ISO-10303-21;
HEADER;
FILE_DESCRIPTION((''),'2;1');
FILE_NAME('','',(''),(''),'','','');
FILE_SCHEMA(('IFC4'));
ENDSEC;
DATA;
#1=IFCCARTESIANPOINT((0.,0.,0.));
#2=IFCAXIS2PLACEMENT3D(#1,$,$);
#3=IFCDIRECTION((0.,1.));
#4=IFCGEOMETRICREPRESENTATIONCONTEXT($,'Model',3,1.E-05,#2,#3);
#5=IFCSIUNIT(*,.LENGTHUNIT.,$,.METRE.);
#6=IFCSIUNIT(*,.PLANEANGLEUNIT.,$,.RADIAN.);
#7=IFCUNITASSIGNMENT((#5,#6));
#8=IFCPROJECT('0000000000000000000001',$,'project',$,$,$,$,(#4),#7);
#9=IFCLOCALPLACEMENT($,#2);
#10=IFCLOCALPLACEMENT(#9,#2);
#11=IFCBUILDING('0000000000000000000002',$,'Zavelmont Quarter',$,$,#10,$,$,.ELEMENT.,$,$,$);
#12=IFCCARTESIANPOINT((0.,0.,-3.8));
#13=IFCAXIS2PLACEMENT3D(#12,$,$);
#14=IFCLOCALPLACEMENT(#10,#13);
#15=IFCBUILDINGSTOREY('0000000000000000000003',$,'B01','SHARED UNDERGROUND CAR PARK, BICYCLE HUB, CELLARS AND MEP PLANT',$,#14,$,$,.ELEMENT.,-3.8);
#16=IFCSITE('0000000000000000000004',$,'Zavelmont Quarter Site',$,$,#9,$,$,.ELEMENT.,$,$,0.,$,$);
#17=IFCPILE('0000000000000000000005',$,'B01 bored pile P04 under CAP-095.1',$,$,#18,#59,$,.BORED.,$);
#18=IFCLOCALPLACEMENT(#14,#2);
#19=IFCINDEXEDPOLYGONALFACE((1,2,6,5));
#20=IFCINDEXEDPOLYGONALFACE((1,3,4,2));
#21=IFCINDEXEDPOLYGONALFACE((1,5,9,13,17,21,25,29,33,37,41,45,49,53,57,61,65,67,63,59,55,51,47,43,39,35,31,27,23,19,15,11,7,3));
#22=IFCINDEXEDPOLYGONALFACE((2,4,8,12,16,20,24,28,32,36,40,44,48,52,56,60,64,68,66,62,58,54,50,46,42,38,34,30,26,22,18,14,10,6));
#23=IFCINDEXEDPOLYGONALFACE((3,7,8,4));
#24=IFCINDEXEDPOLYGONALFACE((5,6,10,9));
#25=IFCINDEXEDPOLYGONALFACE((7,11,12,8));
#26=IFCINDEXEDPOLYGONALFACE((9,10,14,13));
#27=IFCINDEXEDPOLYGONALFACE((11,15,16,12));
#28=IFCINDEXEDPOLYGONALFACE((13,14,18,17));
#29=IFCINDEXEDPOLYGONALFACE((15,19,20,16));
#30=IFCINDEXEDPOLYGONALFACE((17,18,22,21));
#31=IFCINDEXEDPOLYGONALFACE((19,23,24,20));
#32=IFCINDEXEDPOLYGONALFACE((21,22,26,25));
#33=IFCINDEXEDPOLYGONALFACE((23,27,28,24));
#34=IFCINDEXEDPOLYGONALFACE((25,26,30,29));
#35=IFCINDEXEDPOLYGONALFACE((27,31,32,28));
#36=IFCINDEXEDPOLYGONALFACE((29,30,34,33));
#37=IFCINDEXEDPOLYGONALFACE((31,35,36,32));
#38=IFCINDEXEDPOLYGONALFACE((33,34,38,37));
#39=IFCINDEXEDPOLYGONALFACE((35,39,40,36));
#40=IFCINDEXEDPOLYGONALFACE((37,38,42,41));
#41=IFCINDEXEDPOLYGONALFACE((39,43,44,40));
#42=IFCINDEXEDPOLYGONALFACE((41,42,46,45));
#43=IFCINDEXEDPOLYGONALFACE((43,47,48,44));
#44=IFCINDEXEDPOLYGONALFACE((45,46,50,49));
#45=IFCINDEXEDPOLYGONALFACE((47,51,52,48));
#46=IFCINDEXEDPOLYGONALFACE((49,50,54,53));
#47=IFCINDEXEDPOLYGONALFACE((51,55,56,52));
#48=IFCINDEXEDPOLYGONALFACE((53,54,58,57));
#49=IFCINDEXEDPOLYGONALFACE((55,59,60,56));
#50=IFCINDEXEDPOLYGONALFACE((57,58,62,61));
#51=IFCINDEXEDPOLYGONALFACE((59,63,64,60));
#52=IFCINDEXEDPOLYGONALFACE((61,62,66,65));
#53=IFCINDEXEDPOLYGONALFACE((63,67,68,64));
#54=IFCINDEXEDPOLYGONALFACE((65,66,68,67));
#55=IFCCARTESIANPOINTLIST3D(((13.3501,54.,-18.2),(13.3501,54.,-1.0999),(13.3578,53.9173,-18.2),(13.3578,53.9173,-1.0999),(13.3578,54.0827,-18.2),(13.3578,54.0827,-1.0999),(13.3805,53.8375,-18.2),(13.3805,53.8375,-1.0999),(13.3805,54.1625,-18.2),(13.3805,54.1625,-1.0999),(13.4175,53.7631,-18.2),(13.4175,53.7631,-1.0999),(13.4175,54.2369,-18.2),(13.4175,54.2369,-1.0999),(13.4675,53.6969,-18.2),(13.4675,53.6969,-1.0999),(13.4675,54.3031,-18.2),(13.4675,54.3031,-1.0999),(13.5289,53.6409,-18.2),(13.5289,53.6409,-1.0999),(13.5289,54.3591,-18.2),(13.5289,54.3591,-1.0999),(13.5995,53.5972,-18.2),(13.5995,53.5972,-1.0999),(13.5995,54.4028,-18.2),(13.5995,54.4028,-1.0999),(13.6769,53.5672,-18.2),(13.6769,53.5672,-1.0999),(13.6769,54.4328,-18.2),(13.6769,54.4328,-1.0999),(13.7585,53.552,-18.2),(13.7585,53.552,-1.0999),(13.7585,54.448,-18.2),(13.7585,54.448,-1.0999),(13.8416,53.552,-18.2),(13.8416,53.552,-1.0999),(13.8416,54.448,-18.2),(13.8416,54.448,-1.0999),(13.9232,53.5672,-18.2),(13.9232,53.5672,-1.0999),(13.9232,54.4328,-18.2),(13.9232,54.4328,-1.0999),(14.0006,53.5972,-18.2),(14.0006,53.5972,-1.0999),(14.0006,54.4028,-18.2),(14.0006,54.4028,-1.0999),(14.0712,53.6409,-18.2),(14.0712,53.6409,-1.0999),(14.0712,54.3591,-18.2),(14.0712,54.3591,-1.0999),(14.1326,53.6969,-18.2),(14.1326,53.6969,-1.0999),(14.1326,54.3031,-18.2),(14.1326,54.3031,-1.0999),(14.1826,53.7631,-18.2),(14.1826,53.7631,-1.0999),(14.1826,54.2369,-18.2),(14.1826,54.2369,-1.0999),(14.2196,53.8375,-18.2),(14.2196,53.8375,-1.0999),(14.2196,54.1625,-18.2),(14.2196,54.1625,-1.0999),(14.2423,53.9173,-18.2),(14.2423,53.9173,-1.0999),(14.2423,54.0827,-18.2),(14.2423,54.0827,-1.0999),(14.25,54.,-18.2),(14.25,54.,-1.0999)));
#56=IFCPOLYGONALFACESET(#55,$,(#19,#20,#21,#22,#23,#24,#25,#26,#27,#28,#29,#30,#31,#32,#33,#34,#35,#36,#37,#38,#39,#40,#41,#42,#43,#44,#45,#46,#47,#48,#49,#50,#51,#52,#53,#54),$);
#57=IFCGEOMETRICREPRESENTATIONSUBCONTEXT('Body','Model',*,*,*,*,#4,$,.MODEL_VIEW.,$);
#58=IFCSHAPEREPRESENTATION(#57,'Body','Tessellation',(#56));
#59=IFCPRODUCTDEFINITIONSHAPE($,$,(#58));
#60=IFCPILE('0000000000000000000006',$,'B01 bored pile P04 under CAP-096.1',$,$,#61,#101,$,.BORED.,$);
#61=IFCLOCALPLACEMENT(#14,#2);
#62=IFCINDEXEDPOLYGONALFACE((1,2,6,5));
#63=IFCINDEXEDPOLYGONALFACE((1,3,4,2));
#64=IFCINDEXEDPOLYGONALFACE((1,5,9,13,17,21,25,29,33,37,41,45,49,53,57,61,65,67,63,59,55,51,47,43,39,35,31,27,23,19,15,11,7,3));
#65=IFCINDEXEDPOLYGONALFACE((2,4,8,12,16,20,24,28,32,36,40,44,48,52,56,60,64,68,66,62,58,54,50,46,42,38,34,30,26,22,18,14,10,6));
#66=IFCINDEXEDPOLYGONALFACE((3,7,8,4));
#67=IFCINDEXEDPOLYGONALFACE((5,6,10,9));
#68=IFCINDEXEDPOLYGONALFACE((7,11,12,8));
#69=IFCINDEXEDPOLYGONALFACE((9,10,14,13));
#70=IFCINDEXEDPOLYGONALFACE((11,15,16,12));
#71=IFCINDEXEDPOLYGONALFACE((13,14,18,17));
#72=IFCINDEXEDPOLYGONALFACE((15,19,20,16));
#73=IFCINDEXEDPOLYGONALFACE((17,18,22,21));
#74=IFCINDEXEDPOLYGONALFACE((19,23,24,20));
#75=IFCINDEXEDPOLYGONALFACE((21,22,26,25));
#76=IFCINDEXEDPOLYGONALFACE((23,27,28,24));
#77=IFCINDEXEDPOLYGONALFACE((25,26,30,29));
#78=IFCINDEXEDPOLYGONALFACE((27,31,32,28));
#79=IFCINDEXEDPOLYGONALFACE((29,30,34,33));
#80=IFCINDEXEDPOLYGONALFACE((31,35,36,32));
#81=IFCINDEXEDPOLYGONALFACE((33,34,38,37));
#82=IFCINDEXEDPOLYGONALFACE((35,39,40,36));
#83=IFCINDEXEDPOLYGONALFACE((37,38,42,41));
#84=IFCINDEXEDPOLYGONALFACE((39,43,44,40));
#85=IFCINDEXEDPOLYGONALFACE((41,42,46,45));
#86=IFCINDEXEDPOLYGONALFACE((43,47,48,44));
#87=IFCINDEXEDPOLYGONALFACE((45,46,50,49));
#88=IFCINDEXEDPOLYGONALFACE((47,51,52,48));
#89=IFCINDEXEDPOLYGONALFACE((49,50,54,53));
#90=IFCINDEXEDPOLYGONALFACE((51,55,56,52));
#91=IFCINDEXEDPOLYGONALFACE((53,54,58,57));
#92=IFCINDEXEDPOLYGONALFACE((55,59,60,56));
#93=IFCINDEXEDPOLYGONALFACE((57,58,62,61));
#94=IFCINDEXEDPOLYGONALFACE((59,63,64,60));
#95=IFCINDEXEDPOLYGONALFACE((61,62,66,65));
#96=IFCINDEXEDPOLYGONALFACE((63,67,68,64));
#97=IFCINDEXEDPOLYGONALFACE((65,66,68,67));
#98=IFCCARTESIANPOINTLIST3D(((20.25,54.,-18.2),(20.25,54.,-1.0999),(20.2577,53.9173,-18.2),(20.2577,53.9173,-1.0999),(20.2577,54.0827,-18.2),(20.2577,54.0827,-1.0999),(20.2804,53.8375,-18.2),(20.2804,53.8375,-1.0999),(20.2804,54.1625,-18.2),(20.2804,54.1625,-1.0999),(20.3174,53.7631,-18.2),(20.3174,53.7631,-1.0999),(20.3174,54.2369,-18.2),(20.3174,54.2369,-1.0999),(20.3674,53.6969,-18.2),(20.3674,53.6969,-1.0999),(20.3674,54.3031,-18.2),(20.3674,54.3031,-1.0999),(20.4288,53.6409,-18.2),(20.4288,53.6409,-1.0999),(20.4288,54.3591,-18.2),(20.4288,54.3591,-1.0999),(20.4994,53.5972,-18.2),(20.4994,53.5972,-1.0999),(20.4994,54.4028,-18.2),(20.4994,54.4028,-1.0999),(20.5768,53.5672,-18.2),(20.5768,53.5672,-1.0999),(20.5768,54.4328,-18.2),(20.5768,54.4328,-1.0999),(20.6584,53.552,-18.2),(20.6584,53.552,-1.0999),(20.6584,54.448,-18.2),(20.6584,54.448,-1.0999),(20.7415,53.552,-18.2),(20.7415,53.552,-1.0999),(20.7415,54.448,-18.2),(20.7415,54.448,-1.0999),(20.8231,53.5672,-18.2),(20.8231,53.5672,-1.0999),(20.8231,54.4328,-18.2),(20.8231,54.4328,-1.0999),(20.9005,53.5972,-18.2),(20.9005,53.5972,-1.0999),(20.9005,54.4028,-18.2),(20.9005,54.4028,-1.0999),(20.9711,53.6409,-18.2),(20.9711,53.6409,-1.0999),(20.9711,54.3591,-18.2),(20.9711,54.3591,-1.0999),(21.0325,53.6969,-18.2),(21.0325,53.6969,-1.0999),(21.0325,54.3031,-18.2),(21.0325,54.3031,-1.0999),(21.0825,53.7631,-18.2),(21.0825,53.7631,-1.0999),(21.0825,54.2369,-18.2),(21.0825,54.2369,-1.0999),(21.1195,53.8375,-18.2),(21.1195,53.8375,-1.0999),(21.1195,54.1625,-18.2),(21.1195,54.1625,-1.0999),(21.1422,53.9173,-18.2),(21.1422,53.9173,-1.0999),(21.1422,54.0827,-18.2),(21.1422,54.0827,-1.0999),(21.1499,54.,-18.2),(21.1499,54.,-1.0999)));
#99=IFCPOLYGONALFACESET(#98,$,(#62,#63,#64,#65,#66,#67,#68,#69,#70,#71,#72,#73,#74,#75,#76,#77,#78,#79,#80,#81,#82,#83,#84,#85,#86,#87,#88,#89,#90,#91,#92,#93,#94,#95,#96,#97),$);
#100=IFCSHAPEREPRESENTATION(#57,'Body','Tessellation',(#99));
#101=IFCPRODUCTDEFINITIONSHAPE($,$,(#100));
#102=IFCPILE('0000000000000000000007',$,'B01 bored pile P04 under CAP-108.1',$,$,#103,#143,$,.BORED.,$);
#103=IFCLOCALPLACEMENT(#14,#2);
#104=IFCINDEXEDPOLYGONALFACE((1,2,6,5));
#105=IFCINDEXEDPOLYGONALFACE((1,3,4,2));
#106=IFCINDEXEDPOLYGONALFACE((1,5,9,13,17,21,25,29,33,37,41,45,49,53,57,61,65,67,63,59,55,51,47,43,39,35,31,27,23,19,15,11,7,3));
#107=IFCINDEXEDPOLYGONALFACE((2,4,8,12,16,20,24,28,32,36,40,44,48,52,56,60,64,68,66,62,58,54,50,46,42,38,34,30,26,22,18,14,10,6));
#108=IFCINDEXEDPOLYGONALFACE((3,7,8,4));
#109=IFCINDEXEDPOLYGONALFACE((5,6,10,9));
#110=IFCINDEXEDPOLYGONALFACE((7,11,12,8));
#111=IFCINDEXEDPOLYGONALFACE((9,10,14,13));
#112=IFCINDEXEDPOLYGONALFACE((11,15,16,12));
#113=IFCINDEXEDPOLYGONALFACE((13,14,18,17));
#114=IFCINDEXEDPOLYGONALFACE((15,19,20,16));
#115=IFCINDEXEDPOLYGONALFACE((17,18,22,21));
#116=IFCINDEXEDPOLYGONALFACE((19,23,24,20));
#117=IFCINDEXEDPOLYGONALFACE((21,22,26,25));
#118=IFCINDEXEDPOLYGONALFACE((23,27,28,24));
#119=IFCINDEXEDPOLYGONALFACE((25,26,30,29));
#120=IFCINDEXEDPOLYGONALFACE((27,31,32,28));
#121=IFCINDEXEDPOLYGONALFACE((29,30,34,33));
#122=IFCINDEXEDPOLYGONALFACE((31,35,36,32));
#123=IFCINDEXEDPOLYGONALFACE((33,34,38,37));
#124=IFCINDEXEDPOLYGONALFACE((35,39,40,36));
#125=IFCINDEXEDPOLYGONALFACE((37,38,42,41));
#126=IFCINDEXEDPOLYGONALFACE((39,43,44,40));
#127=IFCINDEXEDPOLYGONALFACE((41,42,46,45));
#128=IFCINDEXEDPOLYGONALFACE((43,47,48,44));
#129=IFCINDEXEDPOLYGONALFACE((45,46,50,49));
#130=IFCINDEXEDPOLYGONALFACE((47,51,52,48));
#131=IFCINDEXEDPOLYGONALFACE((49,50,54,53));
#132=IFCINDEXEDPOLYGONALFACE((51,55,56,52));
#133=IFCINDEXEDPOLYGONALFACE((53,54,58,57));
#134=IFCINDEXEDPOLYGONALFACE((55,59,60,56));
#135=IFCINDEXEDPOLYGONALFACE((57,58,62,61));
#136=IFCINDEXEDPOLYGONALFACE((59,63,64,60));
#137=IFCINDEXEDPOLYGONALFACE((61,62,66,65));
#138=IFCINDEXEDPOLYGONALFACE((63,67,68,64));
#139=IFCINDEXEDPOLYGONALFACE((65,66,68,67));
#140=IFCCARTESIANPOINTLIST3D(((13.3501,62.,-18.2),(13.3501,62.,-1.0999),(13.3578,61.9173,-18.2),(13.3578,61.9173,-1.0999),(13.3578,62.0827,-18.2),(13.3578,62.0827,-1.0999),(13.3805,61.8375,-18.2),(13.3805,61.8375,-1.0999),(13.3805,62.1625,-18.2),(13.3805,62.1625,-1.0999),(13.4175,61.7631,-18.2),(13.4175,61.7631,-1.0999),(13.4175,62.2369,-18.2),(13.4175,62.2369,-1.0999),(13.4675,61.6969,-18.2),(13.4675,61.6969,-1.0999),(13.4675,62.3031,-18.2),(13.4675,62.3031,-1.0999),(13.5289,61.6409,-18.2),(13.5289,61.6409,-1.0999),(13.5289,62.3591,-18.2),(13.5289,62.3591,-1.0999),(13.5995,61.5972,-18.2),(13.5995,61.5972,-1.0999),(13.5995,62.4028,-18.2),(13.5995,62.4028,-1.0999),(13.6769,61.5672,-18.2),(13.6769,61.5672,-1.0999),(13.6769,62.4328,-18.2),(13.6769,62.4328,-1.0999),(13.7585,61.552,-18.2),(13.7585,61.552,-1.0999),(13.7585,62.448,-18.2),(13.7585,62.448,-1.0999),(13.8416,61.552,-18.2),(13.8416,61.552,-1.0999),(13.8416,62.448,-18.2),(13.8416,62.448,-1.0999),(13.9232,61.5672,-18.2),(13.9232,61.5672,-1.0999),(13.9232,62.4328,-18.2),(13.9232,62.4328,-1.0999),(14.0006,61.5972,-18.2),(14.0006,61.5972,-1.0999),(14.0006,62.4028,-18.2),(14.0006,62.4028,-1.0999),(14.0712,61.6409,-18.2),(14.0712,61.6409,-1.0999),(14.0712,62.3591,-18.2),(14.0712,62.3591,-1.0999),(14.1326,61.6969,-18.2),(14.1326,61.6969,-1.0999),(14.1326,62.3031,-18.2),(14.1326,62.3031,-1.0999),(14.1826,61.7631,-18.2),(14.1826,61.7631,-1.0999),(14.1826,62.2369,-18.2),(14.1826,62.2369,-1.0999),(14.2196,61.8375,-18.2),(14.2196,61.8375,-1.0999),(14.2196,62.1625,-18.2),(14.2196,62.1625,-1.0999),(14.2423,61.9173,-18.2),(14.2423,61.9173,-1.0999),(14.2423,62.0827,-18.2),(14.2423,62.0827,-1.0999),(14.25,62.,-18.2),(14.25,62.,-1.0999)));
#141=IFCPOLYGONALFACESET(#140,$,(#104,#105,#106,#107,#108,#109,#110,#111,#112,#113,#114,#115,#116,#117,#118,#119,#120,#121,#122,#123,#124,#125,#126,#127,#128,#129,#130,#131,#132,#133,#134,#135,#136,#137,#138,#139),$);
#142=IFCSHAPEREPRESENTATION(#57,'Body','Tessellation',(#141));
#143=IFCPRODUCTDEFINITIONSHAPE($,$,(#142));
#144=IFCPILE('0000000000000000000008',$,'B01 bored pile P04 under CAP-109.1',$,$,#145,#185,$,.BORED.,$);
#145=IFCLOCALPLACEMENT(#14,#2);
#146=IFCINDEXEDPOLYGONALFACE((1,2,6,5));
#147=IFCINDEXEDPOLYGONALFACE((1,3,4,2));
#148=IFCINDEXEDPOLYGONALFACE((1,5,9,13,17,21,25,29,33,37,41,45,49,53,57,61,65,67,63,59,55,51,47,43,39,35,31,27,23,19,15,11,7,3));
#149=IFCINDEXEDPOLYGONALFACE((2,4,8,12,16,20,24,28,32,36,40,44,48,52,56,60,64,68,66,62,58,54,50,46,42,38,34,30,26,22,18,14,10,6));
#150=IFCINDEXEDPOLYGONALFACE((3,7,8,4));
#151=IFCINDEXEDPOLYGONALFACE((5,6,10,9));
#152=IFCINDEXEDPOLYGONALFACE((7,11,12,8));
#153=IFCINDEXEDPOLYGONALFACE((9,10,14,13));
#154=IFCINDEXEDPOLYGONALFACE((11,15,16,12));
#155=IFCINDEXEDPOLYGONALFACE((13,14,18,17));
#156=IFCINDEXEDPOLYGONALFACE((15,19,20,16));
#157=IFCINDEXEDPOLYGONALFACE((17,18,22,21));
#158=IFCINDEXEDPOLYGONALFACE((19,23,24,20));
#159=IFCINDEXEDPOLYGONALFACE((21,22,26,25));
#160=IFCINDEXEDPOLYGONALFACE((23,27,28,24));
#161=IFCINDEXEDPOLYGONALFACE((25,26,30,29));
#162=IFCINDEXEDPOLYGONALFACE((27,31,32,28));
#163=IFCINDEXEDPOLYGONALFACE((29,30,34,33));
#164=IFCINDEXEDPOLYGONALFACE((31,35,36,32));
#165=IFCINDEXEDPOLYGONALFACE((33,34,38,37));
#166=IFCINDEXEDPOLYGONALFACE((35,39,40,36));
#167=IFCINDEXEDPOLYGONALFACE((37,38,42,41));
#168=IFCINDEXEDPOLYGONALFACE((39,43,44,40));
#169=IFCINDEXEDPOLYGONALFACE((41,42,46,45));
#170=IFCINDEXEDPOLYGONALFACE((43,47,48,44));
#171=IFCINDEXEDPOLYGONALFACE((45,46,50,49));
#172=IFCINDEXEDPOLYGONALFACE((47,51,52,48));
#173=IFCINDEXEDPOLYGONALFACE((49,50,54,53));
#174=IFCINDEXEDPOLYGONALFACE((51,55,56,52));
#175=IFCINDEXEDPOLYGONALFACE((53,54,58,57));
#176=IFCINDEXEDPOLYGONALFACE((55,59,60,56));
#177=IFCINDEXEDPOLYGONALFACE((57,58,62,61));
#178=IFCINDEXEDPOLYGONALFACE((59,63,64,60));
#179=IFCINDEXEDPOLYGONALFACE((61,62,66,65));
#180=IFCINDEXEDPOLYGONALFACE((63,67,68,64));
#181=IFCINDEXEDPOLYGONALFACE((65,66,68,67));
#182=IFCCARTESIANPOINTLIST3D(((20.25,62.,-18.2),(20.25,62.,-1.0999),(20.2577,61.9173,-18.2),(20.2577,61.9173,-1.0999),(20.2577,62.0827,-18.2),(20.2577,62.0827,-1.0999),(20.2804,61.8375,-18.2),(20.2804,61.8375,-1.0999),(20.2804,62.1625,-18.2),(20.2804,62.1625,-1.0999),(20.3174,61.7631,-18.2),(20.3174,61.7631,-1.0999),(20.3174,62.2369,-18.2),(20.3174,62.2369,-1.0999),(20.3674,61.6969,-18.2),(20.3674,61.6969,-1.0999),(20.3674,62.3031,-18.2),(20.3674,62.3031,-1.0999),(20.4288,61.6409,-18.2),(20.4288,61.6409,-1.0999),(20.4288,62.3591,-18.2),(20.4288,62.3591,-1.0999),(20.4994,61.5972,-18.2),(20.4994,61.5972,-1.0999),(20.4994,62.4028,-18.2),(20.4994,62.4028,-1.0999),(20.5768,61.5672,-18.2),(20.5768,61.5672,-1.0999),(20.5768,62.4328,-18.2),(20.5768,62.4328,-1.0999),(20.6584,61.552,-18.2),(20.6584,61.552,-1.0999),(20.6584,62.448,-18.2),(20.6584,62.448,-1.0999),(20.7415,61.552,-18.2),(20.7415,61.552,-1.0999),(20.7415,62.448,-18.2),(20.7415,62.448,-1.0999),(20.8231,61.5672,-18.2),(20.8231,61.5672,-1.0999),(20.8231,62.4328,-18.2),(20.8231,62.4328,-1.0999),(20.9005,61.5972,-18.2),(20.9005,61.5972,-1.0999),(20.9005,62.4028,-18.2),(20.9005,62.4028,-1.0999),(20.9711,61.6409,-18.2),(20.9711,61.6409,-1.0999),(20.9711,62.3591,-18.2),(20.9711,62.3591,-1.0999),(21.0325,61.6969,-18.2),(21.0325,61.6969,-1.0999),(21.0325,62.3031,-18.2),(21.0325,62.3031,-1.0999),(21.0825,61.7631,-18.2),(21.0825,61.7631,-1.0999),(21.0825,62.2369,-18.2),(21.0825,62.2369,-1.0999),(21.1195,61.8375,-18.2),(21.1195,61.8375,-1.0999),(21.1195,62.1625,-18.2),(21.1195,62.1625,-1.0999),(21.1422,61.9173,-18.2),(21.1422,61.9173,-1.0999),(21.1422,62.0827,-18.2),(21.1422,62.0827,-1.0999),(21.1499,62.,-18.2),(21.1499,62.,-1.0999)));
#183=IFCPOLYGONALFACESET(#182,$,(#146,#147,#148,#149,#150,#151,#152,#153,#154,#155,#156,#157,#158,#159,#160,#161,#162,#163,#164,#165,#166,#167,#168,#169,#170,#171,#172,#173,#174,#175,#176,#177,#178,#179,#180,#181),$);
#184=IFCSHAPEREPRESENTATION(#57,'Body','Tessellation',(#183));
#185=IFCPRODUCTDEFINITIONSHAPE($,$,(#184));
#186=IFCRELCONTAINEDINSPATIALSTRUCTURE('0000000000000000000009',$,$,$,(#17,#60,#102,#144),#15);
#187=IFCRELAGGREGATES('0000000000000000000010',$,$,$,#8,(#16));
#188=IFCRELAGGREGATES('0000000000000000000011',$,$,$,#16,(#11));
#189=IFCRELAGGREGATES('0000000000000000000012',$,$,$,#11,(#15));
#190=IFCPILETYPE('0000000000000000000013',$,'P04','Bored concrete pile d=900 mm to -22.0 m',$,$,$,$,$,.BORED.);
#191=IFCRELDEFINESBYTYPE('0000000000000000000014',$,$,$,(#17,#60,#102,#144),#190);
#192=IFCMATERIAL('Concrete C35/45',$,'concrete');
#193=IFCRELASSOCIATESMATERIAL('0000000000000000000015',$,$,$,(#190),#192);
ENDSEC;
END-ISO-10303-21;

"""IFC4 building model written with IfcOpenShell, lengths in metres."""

from ifc_helpers import new_model, si_unit, direction, frame, origin, origin_2d, place, context, subcontext, project, spatial, circle, extrude, material, material_profile, profile_set, type_object, element, save


model = new_model("IFC4")

# Units and contexts
model_context = context("Model", 3, precision=1e-05, world=origin(), true_north=direction((0.0, 1.0)))
body_context = subcontext(model_context, "Body", "Model", "MODEL_VIEW")
ifc_project = project(units=[si_unit("LENGTHUNIT", "METRE"), si_unit("PLANEANGLEUNIT", "RADIAN")], contexts=[model_context])

# Site, building, storey
site_placement = place(None, origin())
site = spatial("IfcSite", under=ifc_project, at=site_placement, Name="Zavelmont Quarter Site", CompositionType="ELEMENT", RefElevation=0.0)
building_placement = place(site_placement, origin())
building = spatial("IfcBuilding", under=site, at=building_placement, Name="Zavelmont Quarter", CompositionType="ELEMENT")
storey_placement = place(building_placement, frame((0.0, 0.0, -3.8)))
storey = spatial("IfcBuildingStorey", under=building, at=storey_placement, Name="B01", Description="SHARED UNDERGROUND CAR PARK, BICYCLE HUB, CELLARS AND MEP PLANT", CompositionType="ELEMENT", Elevation=-3.8)

# Shared definitions
ifc_material = material(Name="Concrete C35/45", Category="concrete")

# Piles
ifc_material_profile_1 = material_profile(ifc_material, circle(Radius=0.45, at=origin_2d()), Name="BP900")
ifc_profile_set_1 = profile_set([ifc_material_profile_1], Name="Concrete C35/45")
pile_type_1 = type_object("IfcPileType", Name="P04", Description="Bored concrete pile d=900 mm to -22.0 m", PredefinedType="BORED", material=ifc_profile_set_1)
for number, where, z_axis, x_axis, name in (
    (1, (13.8, 54.0, -1.0999), (0.0, 0.0, -1.0), (1.0, 0.0, 0.0), "B01 bored pile P04 under CAP-095.1"),
    (2, (20.7, 54.0, -1.0999), (0.0, 0.0, -1.0), (1.0, 0.0, 0.0), "B01 bored pile P04 under CAP-096.1"),
    (3, (13.8, 62.0, -1.0999), (0.0, 0.0, -1.0), (1.0, 0.0, 0.0), "B01 bored pile P04 under CAP-108.1"),
    (4, (20.7, 62.0, -1.0999), (0.0, 0.0, -1.0), (1.0, 0.0, 0.0), "B01 bored pile P04 under CAP-109.1"),
):
    element("IfcPile", number, at=place(storey_placement, frame(where, z_axis=z_axis, x_axis=x_axis)), inside=storey, type_object=pile_type_1, Name=name, PredefinedType="BORED", context=body_context, shape_type="SweptSolid", body=[
        extrude(circle(Radius=0.45, at=origin_2d()), origin(), (0.0, 0.0, 1.0), 17.1001),
    ])

save(model, "model.ifc")
